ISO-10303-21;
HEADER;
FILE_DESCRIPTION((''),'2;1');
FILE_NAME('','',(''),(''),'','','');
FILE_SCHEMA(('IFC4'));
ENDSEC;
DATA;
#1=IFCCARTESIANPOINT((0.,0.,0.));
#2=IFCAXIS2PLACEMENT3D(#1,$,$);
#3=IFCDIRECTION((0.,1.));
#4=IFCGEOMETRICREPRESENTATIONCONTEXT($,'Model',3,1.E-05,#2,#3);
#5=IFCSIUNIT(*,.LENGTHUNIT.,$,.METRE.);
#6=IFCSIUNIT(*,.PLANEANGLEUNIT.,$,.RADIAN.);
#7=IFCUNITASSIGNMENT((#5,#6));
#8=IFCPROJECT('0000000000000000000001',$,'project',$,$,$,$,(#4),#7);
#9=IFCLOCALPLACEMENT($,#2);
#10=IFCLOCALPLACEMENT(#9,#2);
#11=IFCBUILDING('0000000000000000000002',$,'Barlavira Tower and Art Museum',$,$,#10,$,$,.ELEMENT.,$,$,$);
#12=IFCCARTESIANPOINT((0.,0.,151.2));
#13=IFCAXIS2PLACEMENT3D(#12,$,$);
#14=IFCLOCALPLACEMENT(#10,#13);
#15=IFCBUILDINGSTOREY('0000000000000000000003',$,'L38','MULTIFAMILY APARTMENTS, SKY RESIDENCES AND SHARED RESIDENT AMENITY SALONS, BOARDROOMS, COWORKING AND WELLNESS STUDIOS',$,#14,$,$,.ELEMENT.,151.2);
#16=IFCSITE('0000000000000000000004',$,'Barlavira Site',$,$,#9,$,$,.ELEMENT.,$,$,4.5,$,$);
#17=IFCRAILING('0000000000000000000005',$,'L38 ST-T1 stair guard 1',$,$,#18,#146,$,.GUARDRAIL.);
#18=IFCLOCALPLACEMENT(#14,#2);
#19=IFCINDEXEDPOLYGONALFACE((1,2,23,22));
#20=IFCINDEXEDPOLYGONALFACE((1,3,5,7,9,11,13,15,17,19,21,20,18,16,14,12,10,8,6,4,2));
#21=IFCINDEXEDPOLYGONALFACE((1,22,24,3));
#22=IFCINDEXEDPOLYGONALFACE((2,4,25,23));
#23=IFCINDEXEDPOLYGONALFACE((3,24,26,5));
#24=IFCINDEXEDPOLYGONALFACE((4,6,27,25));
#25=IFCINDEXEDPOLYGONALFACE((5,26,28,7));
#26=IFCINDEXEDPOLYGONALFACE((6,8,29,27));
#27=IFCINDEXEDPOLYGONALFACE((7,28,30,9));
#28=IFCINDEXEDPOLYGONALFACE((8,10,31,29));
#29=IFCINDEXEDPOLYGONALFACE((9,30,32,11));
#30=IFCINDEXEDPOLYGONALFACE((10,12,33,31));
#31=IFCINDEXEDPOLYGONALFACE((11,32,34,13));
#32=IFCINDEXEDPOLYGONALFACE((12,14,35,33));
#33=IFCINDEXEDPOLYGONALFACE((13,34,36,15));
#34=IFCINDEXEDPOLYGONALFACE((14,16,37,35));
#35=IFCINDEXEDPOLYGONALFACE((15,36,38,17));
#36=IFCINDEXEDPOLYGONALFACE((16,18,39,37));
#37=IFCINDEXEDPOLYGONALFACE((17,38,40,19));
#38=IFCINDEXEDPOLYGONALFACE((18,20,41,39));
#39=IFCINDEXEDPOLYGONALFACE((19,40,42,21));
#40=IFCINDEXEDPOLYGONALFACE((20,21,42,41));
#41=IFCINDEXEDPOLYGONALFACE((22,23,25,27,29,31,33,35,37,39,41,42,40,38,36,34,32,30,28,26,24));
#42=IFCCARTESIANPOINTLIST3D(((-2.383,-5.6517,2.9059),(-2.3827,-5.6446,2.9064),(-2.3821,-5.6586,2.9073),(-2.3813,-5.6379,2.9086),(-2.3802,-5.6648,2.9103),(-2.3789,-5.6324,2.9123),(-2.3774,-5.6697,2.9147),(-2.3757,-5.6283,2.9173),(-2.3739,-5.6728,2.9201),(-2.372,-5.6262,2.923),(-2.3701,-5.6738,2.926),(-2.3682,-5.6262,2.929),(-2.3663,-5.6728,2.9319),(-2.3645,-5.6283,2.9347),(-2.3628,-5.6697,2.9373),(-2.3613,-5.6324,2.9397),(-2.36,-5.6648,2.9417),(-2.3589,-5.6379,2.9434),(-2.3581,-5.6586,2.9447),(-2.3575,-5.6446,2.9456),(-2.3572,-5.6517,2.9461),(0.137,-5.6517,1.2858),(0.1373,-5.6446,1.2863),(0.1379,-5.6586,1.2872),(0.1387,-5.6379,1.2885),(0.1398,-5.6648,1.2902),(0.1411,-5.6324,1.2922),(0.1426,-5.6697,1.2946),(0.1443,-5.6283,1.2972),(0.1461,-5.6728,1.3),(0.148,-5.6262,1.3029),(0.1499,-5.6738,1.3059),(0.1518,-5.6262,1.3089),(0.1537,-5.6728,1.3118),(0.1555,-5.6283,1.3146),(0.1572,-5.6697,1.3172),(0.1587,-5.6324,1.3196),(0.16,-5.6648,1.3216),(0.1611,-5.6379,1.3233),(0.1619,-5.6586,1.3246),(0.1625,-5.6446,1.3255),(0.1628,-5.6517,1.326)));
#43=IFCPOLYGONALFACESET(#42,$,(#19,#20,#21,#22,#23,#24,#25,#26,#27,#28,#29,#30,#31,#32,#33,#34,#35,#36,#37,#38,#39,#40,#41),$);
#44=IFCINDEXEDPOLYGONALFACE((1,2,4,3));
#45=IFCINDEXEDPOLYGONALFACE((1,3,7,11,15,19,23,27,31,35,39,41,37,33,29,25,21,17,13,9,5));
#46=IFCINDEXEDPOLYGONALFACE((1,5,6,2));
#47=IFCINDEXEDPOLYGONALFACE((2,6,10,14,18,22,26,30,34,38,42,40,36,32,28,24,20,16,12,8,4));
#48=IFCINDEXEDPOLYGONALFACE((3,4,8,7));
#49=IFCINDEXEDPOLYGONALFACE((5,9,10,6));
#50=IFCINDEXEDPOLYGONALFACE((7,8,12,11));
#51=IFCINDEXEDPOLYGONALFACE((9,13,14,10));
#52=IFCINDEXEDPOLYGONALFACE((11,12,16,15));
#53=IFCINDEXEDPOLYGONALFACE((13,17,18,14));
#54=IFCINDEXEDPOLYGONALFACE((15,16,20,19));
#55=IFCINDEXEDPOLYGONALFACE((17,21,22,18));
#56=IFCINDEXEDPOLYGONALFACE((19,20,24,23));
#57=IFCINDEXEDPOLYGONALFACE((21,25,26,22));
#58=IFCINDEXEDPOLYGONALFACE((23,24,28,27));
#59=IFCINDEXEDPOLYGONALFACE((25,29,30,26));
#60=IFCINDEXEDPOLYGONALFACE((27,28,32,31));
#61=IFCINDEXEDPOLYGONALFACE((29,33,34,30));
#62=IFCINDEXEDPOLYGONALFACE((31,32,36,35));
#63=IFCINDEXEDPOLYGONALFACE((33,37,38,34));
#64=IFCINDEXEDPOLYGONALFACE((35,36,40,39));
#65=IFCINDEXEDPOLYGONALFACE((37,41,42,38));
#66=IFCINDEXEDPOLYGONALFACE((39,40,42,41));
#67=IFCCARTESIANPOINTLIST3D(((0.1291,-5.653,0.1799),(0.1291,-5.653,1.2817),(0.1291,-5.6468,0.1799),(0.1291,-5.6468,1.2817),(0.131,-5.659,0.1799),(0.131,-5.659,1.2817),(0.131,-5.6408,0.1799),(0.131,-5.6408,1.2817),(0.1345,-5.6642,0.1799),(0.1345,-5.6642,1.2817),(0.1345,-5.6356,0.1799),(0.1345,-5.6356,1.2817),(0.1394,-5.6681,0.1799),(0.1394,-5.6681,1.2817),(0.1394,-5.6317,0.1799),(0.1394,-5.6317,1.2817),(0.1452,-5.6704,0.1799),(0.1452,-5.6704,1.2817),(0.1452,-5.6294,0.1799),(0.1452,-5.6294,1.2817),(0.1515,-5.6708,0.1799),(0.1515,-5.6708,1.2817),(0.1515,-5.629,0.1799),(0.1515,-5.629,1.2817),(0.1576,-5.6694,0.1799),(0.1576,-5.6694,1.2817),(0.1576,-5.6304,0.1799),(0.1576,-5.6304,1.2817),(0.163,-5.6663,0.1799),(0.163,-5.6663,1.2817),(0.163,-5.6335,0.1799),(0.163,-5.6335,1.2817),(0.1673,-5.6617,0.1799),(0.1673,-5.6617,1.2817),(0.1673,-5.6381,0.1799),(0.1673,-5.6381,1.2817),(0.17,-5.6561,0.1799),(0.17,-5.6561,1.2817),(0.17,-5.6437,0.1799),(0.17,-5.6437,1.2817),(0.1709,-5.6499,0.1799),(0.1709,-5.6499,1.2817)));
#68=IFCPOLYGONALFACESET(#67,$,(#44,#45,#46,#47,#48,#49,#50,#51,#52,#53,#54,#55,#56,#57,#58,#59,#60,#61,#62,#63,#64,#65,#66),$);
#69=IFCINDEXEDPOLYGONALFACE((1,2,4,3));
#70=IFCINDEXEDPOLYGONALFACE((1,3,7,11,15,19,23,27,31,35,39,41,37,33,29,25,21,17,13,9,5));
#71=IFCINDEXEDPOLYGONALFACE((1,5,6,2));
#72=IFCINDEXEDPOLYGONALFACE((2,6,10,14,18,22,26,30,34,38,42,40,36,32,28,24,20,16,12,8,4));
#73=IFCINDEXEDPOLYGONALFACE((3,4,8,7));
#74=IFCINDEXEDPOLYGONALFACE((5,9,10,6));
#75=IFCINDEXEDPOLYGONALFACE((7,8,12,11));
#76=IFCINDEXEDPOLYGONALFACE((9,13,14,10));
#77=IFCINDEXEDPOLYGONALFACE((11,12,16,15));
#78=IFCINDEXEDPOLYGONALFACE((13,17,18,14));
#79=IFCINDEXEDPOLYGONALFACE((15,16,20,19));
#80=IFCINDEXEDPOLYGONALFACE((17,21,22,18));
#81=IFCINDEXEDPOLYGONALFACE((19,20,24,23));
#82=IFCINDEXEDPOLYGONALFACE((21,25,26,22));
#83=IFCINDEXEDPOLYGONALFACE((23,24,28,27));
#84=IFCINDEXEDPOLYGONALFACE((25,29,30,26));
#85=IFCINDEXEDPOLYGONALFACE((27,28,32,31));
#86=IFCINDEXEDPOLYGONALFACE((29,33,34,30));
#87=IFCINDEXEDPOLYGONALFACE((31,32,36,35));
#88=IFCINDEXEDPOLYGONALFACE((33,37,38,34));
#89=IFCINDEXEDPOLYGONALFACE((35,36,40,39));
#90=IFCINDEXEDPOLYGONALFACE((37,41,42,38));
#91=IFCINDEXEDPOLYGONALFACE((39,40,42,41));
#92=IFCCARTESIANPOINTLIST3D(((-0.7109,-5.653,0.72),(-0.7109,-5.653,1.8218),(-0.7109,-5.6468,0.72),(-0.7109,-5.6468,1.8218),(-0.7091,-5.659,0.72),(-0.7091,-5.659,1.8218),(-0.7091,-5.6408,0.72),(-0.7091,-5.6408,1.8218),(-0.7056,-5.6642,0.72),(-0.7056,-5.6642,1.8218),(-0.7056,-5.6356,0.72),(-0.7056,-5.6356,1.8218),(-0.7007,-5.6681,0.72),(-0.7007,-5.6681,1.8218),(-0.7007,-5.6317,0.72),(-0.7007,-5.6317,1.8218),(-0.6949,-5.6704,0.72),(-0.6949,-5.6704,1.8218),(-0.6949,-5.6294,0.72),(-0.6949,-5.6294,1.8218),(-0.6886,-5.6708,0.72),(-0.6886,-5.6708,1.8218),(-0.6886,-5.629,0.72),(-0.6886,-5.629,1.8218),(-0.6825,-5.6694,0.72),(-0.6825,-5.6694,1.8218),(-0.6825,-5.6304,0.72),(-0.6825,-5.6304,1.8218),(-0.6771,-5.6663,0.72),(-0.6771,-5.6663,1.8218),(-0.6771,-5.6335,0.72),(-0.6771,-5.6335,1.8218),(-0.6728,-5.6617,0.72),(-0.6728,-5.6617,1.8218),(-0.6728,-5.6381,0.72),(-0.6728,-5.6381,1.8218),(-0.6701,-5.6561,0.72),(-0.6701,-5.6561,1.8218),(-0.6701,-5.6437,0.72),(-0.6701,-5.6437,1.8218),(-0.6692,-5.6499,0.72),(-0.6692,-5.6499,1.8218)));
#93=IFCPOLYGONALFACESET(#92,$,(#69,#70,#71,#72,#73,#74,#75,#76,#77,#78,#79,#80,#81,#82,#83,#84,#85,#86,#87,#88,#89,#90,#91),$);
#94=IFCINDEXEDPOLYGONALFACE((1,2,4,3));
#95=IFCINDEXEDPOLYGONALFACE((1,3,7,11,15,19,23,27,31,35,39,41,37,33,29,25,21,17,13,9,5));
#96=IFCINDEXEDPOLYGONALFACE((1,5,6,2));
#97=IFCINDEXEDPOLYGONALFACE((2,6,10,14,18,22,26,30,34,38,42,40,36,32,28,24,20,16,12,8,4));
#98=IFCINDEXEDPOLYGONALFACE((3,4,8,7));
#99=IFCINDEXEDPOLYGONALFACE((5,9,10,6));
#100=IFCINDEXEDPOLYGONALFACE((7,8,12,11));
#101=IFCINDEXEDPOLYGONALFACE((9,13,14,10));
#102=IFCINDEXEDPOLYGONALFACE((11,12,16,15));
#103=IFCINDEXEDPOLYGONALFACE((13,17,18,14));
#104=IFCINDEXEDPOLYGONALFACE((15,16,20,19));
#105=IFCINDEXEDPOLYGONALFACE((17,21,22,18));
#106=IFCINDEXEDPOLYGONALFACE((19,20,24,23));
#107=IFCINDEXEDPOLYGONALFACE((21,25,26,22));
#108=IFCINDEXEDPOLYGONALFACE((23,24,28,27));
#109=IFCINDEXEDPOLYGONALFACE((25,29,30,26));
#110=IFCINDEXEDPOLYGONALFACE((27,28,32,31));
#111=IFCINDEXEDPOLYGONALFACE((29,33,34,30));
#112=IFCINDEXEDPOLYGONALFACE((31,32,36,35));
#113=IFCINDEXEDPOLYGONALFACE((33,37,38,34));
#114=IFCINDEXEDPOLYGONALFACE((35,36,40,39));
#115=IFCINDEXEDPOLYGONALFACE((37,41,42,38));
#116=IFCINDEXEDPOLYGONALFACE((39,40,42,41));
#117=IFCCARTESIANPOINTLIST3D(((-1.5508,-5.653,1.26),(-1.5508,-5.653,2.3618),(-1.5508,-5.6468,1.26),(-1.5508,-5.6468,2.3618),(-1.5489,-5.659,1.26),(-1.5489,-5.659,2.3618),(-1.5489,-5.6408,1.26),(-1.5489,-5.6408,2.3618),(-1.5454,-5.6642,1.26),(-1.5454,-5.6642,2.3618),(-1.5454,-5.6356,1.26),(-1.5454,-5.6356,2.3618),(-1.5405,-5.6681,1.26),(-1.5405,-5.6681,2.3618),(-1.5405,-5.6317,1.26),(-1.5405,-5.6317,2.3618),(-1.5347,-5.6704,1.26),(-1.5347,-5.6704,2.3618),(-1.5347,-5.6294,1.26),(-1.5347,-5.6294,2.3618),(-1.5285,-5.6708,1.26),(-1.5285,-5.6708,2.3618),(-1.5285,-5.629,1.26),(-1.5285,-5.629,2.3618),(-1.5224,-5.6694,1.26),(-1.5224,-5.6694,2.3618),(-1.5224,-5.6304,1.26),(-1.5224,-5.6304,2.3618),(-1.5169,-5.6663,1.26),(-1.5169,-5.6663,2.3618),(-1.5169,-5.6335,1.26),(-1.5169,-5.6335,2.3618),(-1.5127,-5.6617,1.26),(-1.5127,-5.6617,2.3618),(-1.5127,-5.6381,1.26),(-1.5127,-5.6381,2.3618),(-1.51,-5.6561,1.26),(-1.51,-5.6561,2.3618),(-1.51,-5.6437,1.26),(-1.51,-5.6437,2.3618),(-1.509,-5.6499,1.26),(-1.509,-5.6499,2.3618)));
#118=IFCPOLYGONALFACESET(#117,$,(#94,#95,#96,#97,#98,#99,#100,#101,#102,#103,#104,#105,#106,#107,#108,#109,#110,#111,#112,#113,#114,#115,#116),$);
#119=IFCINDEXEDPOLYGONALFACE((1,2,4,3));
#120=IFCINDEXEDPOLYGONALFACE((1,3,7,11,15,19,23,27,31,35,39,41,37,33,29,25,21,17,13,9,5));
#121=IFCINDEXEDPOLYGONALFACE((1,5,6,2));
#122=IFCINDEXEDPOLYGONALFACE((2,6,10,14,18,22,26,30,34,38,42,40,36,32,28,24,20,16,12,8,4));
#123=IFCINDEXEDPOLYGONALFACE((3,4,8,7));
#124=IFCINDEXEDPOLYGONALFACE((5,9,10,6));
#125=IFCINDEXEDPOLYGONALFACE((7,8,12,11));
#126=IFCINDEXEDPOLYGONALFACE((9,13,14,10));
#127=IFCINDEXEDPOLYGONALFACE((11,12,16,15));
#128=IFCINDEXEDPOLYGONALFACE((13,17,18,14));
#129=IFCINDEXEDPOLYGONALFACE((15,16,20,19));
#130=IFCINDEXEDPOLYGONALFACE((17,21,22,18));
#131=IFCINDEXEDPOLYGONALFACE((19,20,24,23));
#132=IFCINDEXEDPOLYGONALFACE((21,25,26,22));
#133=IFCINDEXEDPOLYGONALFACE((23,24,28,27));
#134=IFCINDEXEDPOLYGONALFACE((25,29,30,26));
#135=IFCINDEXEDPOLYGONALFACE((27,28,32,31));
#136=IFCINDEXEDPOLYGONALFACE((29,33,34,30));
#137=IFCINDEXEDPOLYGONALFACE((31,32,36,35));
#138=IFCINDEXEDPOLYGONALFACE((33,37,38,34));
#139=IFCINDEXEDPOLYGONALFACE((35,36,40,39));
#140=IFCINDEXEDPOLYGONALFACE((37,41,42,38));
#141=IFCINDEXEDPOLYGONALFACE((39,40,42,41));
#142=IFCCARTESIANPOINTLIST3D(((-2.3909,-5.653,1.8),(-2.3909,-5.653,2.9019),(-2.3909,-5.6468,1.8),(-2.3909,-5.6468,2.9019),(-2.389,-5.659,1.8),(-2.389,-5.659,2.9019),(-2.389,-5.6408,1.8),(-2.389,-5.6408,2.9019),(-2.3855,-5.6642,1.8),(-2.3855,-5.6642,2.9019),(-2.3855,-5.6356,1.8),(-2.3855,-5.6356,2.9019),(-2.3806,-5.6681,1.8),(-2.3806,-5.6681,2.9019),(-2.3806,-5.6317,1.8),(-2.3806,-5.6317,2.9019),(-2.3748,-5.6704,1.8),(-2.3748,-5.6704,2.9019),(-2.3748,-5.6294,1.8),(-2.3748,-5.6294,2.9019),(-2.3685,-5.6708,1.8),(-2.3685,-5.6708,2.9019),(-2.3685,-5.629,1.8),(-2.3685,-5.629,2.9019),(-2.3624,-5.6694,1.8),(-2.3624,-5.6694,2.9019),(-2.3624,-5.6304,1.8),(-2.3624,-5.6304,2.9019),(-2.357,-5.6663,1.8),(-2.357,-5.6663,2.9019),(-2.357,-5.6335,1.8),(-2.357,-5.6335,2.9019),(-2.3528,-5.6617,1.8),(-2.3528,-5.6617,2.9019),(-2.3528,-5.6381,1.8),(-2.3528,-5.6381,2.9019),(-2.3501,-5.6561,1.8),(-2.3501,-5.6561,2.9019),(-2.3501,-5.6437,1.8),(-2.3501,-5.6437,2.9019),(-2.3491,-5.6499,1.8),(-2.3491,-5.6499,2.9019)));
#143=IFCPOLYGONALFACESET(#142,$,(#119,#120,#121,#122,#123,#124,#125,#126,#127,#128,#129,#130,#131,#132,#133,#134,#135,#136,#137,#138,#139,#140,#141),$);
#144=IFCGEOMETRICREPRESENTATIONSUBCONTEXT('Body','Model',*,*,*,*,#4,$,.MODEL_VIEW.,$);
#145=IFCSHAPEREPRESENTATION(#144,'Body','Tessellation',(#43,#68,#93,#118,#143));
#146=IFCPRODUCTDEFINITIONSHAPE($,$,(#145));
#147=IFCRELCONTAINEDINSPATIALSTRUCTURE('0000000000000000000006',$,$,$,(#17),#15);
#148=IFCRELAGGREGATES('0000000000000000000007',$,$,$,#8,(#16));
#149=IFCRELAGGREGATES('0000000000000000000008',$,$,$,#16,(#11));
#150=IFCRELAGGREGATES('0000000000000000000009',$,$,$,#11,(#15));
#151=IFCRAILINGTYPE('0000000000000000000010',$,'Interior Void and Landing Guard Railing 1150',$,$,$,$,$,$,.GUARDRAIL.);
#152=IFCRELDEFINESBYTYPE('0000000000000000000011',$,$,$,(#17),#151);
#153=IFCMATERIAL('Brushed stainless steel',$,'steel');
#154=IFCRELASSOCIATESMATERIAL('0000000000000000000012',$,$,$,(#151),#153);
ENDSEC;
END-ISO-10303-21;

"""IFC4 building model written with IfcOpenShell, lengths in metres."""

from ifc_helpers import new_model, si_unit, direction, frame, origin, origin_2d, place, context, subcontext, project, spatial, circle, extrude, material, type_object, element, save


model = new_model("IFC4")

# Units and contexts
model_context = context("Model", 3, precision=1e-05, world=origin(), true_north=direction((0.0, 1.0)))
body_context = subcontext(model_context, "Body", "Model", "MODEL_VIEW")
ifc_project = project(units=[si_unit("LENGTHUNIT", "METRE"), si_unit("PLANEANGLEUNIT", "RADIAN")], contexts=[model_context])

# Site, building, storey
site_placement = place(None, origin())
site = spatial("IfcSite", under=ifc_project, at=site_placement, Name="Barlavira Site", CompositionType="ELEMENT", RefElevation=4.5)
building_placement = place(site_placement, origin())
building = spatial("IfcBuilding", under=site, at=building_placement, Name="Barlavira Tower and Art Museum", CompositionType="ELEMENT")
storey_placement = place(building_placement, frame((0.0, 0.0, 151.2)))
storey = spatial("IfcBuildingStorey", under=building, at=storey_placement, Name="L38", Description="MULTIFAMILY APARTMENTS, SKY RESIDENCES AND SHARED RESIDENT AMENITY SALONS, BOARDROOMS, COWORKING AND WELLNESS STUDIOS", CompositionType="ELEMENT", Elevation=151.2)

# Shared definitions
ifc_material_1 = material(Name="Brushed stainless steel", Category="steel")

# Railing
railing_type_1 = type_object("IfcRailingType", Name="Interior Void and Landing Guard Railing 1150", PredefinedType="GUARDRAIL", material=ifc_material_1)
railing_1_placement = place(storey_placement, frame((0.1499, -5.6499, 0.1799)))
element("IfcRailing", 1, at=railing_1_placement, inside=storey, type_object=railing_type_1, Name="L38 ST-T1 stair guard 1", PredefinedType="GUARDRAIL", context=body_context, shape_type="SweptSolid", body=[
    extrude(circle(Radius=0.0239, at=origin_2d()), frame((0.0, 0.0, 1.126), z_axis=(-0.841163, 0.0, 0.540782), x_axis=(0.0, -1.0, 0.0)), (0.0, 0.0, 1.0), 2.9958),
    extrude(circle(Radius=0.021, at=origin_2d()), origin(), (0.0, 0.0, 1.0), 1.1018),
    extrude(circle(Radius=0.021, at=origin_2d()), frame((-0.8401, 0.0, 0.54)), (0.0, 0.0, 1.0), 1.1018),
    extrude(circle(Radius=0.021, at=origin_2d()), frame((-1.6799, 0.0, 1.0801)), (0.0, 0.0, 1.0), 1.1018),
    extrude(circle(Radius=0.021, at=origin_2d()), frame((-2.52, 0.0, 1.6201)), (0.0, 0.0, 1.0), 1.1018),
])

save(model, "model.ifc")
